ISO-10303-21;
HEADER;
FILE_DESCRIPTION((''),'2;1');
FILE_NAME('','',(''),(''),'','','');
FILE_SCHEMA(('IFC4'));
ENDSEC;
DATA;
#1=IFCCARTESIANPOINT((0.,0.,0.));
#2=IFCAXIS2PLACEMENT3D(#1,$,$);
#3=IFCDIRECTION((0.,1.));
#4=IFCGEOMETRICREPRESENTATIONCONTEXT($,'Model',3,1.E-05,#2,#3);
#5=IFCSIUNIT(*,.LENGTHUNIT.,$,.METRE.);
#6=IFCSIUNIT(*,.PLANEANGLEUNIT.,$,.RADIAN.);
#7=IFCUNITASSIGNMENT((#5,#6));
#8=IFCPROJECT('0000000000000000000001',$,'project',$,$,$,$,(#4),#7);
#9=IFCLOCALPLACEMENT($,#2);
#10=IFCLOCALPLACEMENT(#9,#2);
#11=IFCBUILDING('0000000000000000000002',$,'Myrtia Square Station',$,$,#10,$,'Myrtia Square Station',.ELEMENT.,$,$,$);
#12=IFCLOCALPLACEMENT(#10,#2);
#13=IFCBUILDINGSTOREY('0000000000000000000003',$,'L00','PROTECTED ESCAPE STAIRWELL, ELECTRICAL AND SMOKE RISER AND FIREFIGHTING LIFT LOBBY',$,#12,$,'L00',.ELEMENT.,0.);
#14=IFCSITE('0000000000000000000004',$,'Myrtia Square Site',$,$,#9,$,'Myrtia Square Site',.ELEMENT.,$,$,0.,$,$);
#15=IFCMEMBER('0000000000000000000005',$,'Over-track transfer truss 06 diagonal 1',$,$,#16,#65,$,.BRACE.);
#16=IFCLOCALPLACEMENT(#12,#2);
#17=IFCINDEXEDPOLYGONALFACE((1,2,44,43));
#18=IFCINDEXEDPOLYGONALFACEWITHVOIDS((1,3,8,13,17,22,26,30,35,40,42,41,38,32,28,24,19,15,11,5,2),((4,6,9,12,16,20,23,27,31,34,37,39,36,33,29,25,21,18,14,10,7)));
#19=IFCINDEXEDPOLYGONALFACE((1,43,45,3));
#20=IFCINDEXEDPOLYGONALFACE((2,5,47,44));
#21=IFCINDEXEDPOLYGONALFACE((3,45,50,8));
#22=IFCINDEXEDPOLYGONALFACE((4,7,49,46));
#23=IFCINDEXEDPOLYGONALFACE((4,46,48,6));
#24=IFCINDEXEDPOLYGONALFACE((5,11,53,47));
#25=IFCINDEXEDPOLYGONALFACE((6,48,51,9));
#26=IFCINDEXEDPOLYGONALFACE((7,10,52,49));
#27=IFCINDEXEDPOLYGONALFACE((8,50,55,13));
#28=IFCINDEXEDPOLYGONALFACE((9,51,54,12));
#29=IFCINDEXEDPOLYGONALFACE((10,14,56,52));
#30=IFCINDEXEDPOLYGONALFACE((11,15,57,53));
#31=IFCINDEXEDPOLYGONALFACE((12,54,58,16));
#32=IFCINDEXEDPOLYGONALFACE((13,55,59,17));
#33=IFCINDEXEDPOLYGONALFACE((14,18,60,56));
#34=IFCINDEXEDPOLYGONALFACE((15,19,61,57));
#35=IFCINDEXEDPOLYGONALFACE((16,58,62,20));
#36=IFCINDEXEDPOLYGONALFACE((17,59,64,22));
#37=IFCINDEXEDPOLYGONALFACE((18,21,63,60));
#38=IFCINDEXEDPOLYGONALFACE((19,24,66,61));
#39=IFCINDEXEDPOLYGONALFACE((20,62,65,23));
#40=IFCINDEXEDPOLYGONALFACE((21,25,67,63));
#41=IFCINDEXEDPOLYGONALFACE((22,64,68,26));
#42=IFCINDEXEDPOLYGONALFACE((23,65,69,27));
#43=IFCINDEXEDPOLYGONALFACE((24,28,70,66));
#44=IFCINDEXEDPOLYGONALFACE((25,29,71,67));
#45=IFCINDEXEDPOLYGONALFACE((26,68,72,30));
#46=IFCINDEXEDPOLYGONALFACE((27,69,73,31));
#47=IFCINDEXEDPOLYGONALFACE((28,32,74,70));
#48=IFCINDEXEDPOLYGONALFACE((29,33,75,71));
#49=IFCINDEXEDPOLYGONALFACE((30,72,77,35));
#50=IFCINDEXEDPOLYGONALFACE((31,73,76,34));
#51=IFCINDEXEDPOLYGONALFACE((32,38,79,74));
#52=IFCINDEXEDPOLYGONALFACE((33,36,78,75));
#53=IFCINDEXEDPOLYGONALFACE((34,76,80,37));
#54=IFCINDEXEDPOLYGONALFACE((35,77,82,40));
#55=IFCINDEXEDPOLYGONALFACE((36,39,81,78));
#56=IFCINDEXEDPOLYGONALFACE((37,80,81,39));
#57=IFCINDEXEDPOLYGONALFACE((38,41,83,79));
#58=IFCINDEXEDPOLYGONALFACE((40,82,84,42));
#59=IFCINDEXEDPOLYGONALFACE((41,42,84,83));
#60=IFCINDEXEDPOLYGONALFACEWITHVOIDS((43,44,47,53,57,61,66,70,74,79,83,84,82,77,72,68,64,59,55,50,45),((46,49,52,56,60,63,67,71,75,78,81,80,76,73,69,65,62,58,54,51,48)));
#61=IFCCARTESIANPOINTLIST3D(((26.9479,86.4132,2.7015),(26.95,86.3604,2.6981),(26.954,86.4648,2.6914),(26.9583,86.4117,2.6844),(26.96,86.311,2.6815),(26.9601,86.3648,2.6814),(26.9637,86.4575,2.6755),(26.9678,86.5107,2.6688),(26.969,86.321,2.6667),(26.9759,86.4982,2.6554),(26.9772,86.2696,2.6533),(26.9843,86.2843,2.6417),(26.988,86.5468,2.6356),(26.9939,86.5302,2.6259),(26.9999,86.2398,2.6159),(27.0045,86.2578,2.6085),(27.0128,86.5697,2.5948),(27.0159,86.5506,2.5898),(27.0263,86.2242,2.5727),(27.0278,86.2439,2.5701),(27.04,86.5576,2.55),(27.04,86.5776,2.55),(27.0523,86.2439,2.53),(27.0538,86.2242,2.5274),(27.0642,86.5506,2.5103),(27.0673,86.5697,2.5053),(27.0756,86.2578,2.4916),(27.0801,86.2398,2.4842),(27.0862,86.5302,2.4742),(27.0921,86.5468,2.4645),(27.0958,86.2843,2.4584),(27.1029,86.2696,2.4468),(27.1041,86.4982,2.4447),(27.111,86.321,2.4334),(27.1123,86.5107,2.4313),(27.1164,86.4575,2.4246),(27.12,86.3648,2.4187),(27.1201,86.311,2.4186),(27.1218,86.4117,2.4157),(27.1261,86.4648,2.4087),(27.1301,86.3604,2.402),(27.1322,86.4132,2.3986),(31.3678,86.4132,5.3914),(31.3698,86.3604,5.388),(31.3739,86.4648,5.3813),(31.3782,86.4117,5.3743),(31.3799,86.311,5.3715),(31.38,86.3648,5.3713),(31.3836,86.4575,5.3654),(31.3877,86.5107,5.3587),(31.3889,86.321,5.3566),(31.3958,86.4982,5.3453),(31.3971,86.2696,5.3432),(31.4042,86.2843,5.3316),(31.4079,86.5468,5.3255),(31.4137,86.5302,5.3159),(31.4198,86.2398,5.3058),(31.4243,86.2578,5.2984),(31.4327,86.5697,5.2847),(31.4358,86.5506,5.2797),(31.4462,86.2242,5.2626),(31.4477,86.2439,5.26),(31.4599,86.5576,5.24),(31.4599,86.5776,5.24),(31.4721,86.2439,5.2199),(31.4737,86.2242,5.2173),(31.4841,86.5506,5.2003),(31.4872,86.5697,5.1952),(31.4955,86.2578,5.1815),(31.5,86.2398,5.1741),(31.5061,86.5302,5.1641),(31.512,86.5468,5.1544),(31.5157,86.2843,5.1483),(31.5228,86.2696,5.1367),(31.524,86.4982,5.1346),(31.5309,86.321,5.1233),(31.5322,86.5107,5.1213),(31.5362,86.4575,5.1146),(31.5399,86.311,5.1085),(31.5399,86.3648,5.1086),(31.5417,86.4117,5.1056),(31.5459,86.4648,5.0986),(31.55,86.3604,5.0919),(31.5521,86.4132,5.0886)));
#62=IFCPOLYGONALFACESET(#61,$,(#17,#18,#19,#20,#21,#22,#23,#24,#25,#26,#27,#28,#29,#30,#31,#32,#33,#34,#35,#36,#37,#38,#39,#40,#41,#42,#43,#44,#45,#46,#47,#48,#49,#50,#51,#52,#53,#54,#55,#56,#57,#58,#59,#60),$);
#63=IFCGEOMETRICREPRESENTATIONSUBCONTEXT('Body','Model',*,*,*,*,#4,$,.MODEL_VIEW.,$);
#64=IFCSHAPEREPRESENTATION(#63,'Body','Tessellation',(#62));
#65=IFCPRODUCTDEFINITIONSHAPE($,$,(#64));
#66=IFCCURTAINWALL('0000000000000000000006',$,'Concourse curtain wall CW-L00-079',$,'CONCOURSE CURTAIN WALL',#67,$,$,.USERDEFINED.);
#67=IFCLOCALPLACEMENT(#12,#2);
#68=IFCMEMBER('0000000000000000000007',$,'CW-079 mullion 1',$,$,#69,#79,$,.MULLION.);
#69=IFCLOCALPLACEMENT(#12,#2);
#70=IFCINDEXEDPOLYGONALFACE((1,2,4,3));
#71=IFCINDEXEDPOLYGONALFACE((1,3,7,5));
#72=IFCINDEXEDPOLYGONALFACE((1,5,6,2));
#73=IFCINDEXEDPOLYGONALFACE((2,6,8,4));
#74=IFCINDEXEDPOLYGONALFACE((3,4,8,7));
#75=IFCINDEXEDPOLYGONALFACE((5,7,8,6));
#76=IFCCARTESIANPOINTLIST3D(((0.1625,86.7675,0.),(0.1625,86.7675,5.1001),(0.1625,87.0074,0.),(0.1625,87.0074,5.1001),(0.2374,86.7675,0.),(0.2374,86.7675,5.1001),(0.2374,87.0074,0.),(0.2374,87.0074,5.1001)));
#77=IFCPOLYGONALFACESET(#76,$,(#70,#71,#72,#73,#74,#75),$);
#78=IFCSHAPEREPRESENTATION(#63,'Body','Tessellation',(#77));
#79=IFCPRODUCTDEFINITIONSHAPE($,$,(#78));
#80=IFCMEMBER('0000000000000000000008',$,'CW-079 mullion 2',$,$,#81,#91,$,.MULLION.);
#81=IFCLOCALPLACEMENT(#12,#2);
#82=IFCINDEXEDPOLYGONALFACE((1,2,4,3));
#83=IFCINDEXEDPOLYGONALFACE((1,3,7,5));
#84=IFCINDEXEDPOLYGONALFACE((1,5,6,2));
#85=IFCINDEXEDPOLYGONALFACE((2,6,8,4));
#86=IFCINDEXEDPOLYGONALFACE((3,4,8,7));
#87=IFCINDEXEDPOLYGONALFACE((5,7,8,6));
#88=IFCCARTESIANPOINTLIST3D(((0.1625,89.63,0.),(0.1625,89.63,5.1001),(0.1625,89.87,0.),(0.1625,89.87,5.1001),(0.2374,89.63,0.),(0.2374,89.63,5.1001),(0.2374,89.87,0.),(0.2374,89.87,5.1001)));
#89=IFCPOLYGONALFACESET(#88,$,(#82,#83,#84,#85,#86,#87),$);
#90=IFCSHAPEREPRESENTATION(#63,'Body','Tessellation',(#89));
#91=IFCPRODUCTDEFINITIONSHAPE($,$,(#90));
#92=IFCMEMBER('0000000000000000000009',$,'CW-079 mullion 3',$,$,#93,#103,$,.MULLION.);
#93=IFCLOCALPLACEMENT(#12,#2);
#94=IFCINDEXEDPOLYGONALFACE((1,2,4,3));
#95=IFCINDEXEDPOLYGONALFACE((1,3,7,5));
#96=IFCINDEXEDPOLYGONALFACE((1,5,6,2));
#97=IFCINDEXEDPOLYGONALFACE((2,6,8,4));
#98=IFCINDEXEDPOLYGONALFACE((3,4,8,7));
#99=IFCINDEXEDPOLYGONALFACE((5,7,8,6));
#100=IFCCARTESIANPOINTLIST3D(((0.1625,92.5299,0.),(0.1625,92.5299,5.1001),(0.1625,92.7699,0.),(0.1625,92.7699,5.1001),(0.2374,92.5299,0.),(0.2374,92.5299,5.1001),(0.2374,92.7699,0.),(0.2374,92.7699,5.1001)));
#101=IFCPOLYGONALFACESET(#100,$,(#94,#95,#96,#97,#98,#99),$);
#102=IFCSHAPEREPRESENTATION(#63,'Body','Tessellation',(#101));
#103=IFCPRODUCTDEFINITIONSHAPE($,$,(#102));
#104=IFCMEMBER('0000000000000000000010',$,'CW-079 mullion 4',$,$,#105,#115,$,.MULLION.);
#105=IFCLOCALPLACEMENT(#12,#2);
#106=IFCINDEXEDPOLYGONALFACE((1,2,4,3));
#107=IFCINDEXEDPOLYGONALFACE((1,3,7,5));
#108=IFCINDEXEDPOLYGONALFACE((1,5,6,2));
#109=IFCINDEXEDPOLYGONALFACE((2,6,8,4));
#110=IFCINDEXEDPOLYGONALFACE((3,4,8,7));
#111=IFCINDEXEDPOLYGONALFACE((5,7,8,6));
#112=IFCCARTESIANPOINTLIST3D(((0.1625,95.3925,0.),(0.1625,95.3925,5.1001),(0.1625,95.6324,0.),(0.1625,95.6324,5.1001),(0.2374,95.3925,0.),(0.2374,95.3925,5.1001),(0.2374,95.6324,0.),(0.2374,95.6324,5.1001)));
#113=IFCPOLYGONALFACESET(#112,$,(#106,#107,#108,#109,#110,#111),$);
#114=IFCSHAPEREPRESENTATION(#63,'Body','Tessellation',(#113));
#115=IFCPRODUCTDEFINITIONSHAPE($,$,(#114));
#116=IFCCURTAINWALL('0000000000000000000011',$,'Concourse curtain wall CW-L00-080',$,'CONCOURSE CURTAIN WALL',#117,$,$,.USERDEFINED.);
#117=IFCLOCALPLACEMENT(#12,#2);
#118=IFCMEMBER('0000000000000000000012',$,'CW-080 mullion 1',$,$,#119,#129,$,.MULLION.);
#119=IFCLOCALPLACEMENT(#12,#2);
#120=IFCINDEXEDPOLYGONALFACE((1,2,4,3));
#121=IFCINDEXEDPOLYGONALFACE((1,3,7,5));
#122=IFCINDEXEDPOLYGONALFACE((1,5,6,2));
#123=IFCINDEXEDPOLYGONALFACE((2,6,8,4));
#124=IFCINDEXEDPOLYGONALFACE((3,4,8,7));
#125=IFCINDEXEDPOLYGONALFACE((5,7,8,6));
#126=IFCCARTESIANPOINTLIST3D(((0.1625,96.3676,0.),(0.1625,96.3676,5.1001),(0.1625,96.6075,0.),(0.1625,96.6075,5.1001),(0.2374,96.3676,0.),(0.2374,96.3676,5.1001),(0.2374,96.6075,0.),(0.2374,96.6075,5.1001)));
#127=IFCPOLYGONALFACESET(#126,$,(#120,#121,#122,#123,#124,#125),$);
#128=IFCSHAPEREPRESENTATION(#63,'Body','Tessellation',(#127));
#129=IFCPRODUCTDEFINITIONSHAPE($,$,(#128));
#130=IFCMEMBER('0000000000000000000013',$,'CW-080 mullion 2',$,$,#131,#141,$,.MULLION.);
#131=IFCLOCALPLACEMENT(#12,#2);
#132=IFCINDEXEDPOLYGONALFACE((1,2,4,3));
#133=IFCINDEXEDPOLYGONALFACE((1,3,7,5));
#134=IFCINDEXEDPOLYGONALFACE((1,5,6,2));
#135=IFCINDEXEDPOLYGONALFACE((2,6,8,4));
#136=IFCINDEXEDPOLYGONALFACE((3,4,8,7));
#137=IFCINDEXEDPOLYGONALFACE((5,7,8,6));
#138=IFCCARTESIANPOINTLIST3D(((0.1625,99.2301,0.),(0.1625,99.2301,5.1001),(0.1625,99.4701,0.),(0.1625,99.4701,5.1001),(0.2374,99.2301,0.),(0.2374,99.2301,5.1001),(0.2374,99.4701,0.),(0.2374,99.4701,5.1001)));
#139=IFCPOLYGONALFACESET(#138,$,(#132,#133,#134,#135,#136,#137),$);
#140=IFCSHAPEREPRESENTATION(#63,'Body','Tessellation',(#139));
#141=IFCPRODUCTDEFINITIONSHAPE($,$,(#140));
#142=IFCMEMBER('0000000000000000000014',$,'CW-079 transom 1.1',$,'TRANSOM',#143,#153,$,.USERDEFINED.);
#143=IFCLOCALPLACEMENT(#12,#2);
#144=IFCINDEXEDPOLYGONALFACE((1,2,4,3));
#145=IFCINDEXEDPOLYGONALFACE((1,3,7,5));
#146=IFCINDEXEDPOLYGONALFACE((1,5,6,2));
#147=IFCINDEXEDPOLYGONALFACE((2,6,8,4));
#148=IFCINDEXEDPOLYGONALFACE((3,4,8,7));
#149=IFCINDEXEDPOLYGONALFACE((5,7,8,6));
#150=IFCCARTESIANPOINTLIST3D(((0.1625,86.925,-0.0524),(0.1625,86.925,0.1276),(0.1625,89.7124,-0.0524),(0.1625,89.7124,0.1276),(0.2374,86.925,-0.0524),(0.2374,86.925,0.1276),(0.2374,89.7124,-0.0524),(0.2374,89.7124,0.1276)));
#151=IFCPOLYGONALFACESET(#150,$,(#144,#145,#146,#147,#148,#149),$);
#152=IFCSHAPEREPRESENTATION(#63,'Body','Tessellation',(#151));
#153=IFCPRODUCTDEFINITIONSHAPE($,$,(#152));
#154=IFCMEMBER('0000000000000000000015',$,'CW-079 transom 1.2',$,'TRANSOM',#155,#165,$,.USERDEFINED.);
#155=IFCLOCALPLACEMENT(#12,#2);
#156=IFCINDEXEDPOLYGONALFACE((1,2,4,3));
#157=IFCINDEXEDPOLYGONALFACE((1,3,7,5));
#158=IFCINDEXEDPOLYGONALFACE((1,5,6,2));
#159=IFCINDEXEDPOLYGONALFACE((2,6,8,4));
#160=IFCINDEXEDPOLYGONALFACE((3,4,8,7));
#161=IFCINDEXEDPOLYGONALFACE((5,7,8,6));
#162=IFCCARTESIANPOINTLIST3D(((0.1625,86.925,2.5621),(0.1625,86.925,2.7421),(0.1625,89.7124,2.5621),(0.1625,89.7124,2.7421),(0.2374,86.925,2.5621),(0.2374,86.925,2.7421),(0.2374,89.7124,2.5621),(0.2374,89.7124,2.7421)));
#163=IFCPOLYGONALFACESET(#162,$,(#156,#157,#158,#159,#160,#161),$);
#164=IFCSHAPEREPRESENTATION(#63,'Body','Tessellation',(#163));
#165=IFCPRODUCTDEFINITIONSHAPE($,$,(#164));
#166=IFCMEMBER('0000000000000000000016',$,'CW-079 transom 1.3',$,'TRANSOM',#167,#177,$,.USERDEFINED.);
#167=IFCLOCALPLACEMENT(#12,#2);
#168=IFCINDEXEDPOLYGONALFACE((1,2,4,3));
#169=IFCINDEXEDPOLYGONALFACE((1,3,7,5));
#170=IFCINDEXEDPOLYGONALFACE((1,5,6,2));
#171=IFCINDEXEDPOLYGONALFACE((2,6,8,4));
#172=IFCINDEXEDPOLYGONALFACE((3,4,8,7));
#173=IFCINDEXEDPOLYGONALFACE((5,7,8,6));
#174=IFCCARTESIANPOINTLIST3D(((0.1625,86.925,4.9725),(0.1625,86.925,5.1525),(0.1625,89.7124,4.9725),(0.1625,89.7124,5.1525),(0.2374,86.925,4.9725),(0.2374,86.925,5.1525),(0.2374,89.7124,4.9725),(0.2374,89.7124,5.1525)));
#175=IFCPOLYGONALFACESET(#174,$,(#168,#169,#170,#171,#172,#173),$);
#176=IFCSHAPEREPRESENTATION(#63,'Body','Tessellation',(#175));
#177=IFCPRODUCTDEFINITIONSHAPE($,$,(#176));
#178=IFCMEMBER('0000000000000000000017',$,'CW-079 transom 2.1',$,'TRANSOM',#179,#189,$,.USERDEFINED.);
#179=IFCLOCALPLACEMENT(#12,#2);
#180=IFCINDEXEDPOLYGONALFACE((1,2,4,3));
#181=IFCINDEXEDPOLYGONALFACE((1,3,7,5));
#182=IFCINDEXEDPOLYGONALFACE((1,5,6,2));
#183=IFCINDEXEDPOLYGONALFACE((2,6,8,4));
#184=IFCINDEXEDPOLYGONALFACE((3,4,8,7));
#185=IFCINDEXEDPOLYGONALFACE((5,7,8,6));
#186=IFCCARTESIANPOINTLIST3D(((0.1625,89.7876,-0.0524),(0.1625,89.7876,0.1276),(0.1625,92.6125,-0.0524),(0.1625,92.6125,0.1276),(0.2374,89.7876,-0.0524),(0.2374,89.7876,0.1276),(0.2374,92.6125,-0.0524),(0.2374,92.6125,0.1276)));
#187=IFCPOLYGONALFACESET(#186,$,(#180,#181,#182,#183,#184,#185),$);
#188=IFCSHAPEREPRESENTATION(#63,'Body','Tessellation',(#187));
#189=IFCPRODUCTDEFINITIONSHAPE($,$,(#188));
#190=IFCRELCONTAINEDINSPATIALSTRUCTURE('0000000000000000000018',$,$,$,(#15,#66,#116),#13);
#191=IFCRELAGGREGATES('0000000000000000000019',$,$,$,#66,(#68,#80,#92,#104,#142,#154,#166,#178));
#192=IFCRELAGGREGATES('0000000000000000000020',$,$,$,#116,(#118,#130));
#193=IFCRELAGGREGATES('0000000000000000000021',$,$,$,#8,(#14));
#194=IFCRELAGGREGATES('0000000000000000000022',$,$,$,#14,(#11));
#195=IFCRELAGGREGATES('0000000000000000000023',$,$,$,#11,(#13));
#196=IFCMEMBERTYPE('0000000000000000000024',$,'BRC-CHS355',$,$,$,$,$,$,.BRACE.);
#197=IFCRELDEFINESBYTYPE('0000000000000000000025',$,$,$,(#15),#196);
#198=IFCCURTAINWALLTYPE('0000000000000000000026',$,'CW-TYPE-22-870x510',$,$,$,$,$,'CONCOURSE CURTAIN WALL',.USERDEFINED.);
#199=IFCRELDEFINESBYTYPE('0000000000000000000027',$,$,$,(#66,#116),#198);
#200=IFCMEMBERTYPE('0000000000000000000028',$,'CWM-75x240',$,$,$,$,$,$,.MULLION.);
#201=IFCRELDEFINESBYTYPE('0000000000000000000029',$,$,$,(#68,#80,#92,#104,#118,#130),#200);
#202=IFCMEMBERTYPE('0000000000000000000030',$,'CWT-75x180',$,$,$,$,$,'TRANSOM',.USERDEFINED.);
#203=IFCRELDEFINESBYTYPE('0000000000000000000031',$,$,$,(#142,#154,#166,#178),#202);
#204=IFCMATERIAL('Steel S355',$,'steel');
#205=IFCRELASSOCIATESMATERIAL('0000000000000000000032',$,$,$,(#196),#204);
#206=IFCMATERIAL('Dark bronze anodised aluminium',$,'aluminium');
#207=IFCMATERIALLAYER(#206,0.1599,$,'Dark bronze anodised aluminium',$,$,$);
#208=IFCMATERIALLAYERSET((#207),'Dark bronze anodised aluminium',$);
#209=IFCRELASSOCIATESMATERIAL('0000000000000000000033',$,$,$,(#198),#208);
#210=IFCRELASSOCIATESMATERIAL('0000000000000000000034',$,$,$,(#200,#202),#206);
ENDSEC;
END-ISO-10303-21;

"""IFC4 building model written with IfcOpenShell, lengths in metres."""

from ifc_helpers import new_model, si_unit, direction, frame, origin, origin_2d, place, context, subcontext, project, spatial, rectangle, hollow_circle, extrude, material, layer, layer_set, material_profile, profile_set, type_object, element, aggregate, save


model = new_model("IFC4")

# Units and contexts
model_context = context("Model", 3, precision=1e-05, world=origin(), true_north=direction((0.0, 1.0)))
body_context = subcontext(model_context, "Body", "Model", "MODEL_VIEW")
ifc_project = project(units=[si_unit("LENGTHUNIT", "METRE"), si_unit("PLANEANGLEUNIT", "RADIAN")], contexts=[model_context])

# Site, building, storey
site_placement = place(None, origin())
site = spatial("IfcSite", under=ifc_project, at=site_placement, Name="Myrtia Square Site", LongName="Myrtia Square Site", CompositionType="ELEMENT", RefElevation=0.0)
building_placement = place(site_placement, origin())
building = spatial("IfcBuilding", under=site, at=building_placement, Name="Myrtia Square Station", LongName="Myrtia Square Station", CompositionType="ELEMENT")
storey_placement = place(building_placement, origin())
storey = spatial("IfcBuildingStorey", under=building, at=storey_placement, Name="L00", Description="PROTECTED ESCAPE STAIRWELL, ELECTRICAL AND SMOKE RISER AND FIREFIGHTING LIFT LOBBY", LongName="L00", CompositionType="ELEMENT", Elevation=0.0)

# Shared definitions
ifc_material_1 = material(Name="Steel S355", Category="steel")

# Member
ifc_material_profile_1 = material_profile(ifc_material_1, hollow_circle(Radius=0.1777, WallThickness=0.02, at=origin_2d()), Name="CHS 355.6x20")
ifc_profile_set_1 = profile_set([ifc_material_profile_1], Name="Steel S355")
member_type_1 = type_object("IfcMemberType", Name="BRC-CHS355", PredefinedType="BRACE", material=ifc_profile_set_1)
member_1_placement = place(storey_placement, frame((27.04, 86.3999, 2.55), z_axis=(0.854237, 0.0, 0.519884), x_axis=(0.0, 1.0, 0.0)))
element("IfcMember", 1, at=member_1_placement, inside=storey, type_object=member_type_1, Name="Over-track transfer truss 06 diagonal 1", PredefinedType="BRACE", context=body_context, shape_type="SweptSolid", body=[
    extrude(hollow_circle(Radius=0.1777, WallThickness=0.02, at=origin_2d()), origin(), (0.0, 0.0, 1.0), 5.1741),
])

# Curtain walls, members
ifc_material_2 = material(Name="Dark bronze anodised aluminium", Category="aluminium")
ifc_layer_1 = layer(ifc_material_2, 0.1599, Name="Dark bronze anodised aluminium")
ifc_layer_set_1 = layer_set([ifc_layer_1], Name="Dark bronze anodised aluminium")
curtain_wall_type = type_object("IfcCurtainWallType", Name="CW-TYPE-22-870x510", ElementType="CONCOURSE CURTAIN WALL", PredefinedType="USERDEFINED", material=ifc_layer_set_1)
curtain_wall_1_placement = place(storey_placement, origin())
curtain_wall_1 = element("IfcCurtainWall", 2, at=curtain_wall_1_placement, inside=storey, type_object=curtain_wall_type, Name="Concourse curtain wall CW-L00-079", ObjectType="CONCOURSE CURTAIN WALL", PredefinedType="USERDEFINED")
ifc_material_profile_2 = material_profile(ifc_material_2, rectangle(XDim=0.075, YDim=0.24, at=origin_2d()), Name="ALU-M 75x240")
ifc_profile_set_2 = profile_set([ifc_material_profile_2], Name="Dark bronze anodised aluminium")
member_type_2 = type_object("IfcMemberType", Name="CWM-75x240", PredefinedType="MULLION", material=ifc_profile_set_2)
member_2_placement = place(storey_placement, frame((0.2, 86.8875, 0.0), z_axis=(0.0, 0.0, 1.0), x_axis=(-1.0, 0.0, 0.0)))
member_2 = element("IfcMember", 3, at=member_2_placement, type_object=member_type_2, Name="CW-079 mullion 1", PredefinedType="MULLION", context=body_context, shape_type="SweptSolid", body=[
    extrude(rectangle(XDim=0.075, YDim=0.24, at=origin_2d()), origin(), (0.0, 0.0, 1.0), 5.1001),
])
member_3_placement = place(storey_placement, frame((0.2, 89.75, 0.0), z_axis=(0.0, 0.0, 1.0), x_axis=(-1.0, 0.0, 0.0)))
member_3 = element("IfcMember", 4, at=member_3_placement, type_object=member_type_2, Name="CW-079 mullion 2", PredefinedType="MULLION", context=body_context, shape_type="SweptSolid", body=[
    extrude(rectangle(XDim=0.075, YDim=0.24, at=origin_2d()), origin(), (0.0, 0.0, 1.0), 5.1001),
])
member_4_placement = place(storey_placement, frame((0.2, 92.6499, 0.0), z_axis=(0.0, 0.0, 1.0), x_axis=(-1.0, 0.0, 0.0)))
member_4 = element("IfcMember", 5, at=member_4_placement, type_object=member_type_2, Name="CW-079 mullion 3", PredefinedType="MULLION", context=body_context, shape_type="SweptSolid", body=[
    extrude(rectangle(XDim=0.075, YDim=0.24, at=origin_2d()), origin(), (0.0, 0.0, 1.0), 5.1001),
])
member_5_placement = place(storey_placement, frame((0.2, 95.5125, 0.0), z_axis=(0.0, 0.0, 1.0), x_axis=(-1.0, 0.0, 0.0)))
member_5 = element("IfcMember", 6, at=member_5_placement, type_object=member_type_2, Name="CW-079 mullion 4", PredefinedType="MULLION", context=body_context, shape_type="SweptSolid", body=[
    extrude(rectangle(XDim=0.075, YDim=0.24, at=origin_2d()), origin(), (0.0, 0.0, 1.0), 5.1001),
])
curtain_wall_2_placement = place(storey_placement, origin())
curtain_wall_2 = element("IfcCurtainWall", 7, at=curtain_wall_2_placement, inside=storey, type_object=curtain_wall_type, Name="Concourse curtain wall CW-L00-080", ObjectType="CONCOURSE CURTAIN WALL", PredefinedType="USERDEFINED")
member_6_placement = place(storey_placement, frame((0.2, 96.4875, 0.0), z_axis=(0.0, 0.0, 1.0), x_axis=(-1.0, 0.0, 0.0)))
member_6 = element("IfcMember", 8, at=member_6_placement, type_object=member_type_2, Name="CW-080 mullion 1", PredefinedType="MULLION", context=body_context, shape_type="SweptSolid", body=[
    extrude(rectangle(XDim=0.075, YDim=0.24, at=origin_2d()), origin(), (0.0, 0.0, 1.0), 5.1001),
])
member_7_placement = place(storey_placement, frame((0.2, 99.3501, 0.0), z_axis=(0.0, 0.0, 1.0), x_axis=(-1.0, 0.0, 0.0)))
member_7 = element("IfcMember", 9, at=member_7_placement, type_object=member_type_2, Name="CW-080 mullion 2", PredefinedType="MULLION", context=body_context, shape_type="SweptSolid", body=[
    extrude(rectangle(XDim=0.075, YDim=0.24, at=origin_2d()), origin(), (0.0, 0.0, 1.0), 5.1001),
])

# Members
ifc_material_profile_3 = material_profile(ifc_material_2, rectangle(XDim=0.075, YDim=0.1799, at=origin_2d()), Name="ALU-T 75x180")
ifc_profile_set_3 = profile_set([ifc_material_profile_3], Name="Dark bronze anodised aluminium")
member_type_3 = type_object("IfcMemberType", Name="CWT-75x180", ElementType="TRANSOM", PredefinedType="USERDEFINED", material=ifc_profile_set_3)
member_8_placement = place(storey_placement, frame((0.2, 86.925, 0.0376), z_axis=(0.0, 1.0, 0.0), x_axis=(-1.0, 0.0, 0.0)))
member_8 = element("IfcMember", 10, at=member_8_placement, type_object=member_type_3, Name="CW-079 transom 1.1", ObjectType="TRANSOM", PredefinedType="USERDEFINED", context=body_context, shape_type="SweptSolid", body=[
    extrude(rectangle(XDim=0.075, YDim=0.1799, at=origin_2d()), origin(), (0.0, 0.0, 1.0), 2.7874),
])
member_9_placement = place(storey_placement, frame((0.2, 86.925, 2.6521), z_axis=(0.0, 1.0, 0.0), x_axis=(-1.0, 0.0, 0.0)))
member_9 = element("IfcMember", 11, at=member_9_placement, type_object=member_type_3, Name="CW-079 transom 1.2", ObjectType="TRANSOM", PredefinedType="USERDEFINED", context=body_context, shape_type="SweptSolid", body=[
    extrude(rectangle(XDim=0.075, YDim=0.1799, at=origin_2d()), origin(), (0.0, 0.0, 1.0), 2.7874),
])
member_10_placement = place(storey_placement, frame((0.2, 86.925, 5.0625), z_axis=(0.0, 1.0, 0.0), x_axis=(-1.0, 0.0, 0.0)))
member_10 = element("IfcMember", 12, at=member_10_placement, type_object=member_type_3, Name="CW-079 transom 1.3", ObjectType="TRANSOM", PredefinedType="USERDEFINED", context=body_context, shape_type="SweptSolid", body=[
    extrude(rectangle(XDim=0.075, YDim=0.1799, at=origin_2d()), origin(), (0.0, 0.0, 1.0), 2.7874),
])
member_11_placement = place(storey_placement, frame((0.2, 89.7876, 0.0376), z_axis=(0.0, 1.0, 0.0), x_axis=(-1.0, 0.0, 0.0)))
member_11 = element("IfcMember", 13, at=member_11_placement, type_object=member_type_3, Name="CW-079 transom 2.1", ObjectType="TRANSOM", PredefinedType="USERDEFINED", context=body_context, shape_type="SweptSolid", body=[
    extrude(rectangle(XDim=0.075, YDim=0.1799, at=origin_2d()), origin(), (0.0, 0.0, 1.0), 2.825),
])

aggregate(curtain_wall_1, [member_2, member_3, member_4, member_5, member_8, member_9, member_10, member_11])
aggregate(curtain_wall_2, [member_6, member_7])

save(model, "model.ifc")
